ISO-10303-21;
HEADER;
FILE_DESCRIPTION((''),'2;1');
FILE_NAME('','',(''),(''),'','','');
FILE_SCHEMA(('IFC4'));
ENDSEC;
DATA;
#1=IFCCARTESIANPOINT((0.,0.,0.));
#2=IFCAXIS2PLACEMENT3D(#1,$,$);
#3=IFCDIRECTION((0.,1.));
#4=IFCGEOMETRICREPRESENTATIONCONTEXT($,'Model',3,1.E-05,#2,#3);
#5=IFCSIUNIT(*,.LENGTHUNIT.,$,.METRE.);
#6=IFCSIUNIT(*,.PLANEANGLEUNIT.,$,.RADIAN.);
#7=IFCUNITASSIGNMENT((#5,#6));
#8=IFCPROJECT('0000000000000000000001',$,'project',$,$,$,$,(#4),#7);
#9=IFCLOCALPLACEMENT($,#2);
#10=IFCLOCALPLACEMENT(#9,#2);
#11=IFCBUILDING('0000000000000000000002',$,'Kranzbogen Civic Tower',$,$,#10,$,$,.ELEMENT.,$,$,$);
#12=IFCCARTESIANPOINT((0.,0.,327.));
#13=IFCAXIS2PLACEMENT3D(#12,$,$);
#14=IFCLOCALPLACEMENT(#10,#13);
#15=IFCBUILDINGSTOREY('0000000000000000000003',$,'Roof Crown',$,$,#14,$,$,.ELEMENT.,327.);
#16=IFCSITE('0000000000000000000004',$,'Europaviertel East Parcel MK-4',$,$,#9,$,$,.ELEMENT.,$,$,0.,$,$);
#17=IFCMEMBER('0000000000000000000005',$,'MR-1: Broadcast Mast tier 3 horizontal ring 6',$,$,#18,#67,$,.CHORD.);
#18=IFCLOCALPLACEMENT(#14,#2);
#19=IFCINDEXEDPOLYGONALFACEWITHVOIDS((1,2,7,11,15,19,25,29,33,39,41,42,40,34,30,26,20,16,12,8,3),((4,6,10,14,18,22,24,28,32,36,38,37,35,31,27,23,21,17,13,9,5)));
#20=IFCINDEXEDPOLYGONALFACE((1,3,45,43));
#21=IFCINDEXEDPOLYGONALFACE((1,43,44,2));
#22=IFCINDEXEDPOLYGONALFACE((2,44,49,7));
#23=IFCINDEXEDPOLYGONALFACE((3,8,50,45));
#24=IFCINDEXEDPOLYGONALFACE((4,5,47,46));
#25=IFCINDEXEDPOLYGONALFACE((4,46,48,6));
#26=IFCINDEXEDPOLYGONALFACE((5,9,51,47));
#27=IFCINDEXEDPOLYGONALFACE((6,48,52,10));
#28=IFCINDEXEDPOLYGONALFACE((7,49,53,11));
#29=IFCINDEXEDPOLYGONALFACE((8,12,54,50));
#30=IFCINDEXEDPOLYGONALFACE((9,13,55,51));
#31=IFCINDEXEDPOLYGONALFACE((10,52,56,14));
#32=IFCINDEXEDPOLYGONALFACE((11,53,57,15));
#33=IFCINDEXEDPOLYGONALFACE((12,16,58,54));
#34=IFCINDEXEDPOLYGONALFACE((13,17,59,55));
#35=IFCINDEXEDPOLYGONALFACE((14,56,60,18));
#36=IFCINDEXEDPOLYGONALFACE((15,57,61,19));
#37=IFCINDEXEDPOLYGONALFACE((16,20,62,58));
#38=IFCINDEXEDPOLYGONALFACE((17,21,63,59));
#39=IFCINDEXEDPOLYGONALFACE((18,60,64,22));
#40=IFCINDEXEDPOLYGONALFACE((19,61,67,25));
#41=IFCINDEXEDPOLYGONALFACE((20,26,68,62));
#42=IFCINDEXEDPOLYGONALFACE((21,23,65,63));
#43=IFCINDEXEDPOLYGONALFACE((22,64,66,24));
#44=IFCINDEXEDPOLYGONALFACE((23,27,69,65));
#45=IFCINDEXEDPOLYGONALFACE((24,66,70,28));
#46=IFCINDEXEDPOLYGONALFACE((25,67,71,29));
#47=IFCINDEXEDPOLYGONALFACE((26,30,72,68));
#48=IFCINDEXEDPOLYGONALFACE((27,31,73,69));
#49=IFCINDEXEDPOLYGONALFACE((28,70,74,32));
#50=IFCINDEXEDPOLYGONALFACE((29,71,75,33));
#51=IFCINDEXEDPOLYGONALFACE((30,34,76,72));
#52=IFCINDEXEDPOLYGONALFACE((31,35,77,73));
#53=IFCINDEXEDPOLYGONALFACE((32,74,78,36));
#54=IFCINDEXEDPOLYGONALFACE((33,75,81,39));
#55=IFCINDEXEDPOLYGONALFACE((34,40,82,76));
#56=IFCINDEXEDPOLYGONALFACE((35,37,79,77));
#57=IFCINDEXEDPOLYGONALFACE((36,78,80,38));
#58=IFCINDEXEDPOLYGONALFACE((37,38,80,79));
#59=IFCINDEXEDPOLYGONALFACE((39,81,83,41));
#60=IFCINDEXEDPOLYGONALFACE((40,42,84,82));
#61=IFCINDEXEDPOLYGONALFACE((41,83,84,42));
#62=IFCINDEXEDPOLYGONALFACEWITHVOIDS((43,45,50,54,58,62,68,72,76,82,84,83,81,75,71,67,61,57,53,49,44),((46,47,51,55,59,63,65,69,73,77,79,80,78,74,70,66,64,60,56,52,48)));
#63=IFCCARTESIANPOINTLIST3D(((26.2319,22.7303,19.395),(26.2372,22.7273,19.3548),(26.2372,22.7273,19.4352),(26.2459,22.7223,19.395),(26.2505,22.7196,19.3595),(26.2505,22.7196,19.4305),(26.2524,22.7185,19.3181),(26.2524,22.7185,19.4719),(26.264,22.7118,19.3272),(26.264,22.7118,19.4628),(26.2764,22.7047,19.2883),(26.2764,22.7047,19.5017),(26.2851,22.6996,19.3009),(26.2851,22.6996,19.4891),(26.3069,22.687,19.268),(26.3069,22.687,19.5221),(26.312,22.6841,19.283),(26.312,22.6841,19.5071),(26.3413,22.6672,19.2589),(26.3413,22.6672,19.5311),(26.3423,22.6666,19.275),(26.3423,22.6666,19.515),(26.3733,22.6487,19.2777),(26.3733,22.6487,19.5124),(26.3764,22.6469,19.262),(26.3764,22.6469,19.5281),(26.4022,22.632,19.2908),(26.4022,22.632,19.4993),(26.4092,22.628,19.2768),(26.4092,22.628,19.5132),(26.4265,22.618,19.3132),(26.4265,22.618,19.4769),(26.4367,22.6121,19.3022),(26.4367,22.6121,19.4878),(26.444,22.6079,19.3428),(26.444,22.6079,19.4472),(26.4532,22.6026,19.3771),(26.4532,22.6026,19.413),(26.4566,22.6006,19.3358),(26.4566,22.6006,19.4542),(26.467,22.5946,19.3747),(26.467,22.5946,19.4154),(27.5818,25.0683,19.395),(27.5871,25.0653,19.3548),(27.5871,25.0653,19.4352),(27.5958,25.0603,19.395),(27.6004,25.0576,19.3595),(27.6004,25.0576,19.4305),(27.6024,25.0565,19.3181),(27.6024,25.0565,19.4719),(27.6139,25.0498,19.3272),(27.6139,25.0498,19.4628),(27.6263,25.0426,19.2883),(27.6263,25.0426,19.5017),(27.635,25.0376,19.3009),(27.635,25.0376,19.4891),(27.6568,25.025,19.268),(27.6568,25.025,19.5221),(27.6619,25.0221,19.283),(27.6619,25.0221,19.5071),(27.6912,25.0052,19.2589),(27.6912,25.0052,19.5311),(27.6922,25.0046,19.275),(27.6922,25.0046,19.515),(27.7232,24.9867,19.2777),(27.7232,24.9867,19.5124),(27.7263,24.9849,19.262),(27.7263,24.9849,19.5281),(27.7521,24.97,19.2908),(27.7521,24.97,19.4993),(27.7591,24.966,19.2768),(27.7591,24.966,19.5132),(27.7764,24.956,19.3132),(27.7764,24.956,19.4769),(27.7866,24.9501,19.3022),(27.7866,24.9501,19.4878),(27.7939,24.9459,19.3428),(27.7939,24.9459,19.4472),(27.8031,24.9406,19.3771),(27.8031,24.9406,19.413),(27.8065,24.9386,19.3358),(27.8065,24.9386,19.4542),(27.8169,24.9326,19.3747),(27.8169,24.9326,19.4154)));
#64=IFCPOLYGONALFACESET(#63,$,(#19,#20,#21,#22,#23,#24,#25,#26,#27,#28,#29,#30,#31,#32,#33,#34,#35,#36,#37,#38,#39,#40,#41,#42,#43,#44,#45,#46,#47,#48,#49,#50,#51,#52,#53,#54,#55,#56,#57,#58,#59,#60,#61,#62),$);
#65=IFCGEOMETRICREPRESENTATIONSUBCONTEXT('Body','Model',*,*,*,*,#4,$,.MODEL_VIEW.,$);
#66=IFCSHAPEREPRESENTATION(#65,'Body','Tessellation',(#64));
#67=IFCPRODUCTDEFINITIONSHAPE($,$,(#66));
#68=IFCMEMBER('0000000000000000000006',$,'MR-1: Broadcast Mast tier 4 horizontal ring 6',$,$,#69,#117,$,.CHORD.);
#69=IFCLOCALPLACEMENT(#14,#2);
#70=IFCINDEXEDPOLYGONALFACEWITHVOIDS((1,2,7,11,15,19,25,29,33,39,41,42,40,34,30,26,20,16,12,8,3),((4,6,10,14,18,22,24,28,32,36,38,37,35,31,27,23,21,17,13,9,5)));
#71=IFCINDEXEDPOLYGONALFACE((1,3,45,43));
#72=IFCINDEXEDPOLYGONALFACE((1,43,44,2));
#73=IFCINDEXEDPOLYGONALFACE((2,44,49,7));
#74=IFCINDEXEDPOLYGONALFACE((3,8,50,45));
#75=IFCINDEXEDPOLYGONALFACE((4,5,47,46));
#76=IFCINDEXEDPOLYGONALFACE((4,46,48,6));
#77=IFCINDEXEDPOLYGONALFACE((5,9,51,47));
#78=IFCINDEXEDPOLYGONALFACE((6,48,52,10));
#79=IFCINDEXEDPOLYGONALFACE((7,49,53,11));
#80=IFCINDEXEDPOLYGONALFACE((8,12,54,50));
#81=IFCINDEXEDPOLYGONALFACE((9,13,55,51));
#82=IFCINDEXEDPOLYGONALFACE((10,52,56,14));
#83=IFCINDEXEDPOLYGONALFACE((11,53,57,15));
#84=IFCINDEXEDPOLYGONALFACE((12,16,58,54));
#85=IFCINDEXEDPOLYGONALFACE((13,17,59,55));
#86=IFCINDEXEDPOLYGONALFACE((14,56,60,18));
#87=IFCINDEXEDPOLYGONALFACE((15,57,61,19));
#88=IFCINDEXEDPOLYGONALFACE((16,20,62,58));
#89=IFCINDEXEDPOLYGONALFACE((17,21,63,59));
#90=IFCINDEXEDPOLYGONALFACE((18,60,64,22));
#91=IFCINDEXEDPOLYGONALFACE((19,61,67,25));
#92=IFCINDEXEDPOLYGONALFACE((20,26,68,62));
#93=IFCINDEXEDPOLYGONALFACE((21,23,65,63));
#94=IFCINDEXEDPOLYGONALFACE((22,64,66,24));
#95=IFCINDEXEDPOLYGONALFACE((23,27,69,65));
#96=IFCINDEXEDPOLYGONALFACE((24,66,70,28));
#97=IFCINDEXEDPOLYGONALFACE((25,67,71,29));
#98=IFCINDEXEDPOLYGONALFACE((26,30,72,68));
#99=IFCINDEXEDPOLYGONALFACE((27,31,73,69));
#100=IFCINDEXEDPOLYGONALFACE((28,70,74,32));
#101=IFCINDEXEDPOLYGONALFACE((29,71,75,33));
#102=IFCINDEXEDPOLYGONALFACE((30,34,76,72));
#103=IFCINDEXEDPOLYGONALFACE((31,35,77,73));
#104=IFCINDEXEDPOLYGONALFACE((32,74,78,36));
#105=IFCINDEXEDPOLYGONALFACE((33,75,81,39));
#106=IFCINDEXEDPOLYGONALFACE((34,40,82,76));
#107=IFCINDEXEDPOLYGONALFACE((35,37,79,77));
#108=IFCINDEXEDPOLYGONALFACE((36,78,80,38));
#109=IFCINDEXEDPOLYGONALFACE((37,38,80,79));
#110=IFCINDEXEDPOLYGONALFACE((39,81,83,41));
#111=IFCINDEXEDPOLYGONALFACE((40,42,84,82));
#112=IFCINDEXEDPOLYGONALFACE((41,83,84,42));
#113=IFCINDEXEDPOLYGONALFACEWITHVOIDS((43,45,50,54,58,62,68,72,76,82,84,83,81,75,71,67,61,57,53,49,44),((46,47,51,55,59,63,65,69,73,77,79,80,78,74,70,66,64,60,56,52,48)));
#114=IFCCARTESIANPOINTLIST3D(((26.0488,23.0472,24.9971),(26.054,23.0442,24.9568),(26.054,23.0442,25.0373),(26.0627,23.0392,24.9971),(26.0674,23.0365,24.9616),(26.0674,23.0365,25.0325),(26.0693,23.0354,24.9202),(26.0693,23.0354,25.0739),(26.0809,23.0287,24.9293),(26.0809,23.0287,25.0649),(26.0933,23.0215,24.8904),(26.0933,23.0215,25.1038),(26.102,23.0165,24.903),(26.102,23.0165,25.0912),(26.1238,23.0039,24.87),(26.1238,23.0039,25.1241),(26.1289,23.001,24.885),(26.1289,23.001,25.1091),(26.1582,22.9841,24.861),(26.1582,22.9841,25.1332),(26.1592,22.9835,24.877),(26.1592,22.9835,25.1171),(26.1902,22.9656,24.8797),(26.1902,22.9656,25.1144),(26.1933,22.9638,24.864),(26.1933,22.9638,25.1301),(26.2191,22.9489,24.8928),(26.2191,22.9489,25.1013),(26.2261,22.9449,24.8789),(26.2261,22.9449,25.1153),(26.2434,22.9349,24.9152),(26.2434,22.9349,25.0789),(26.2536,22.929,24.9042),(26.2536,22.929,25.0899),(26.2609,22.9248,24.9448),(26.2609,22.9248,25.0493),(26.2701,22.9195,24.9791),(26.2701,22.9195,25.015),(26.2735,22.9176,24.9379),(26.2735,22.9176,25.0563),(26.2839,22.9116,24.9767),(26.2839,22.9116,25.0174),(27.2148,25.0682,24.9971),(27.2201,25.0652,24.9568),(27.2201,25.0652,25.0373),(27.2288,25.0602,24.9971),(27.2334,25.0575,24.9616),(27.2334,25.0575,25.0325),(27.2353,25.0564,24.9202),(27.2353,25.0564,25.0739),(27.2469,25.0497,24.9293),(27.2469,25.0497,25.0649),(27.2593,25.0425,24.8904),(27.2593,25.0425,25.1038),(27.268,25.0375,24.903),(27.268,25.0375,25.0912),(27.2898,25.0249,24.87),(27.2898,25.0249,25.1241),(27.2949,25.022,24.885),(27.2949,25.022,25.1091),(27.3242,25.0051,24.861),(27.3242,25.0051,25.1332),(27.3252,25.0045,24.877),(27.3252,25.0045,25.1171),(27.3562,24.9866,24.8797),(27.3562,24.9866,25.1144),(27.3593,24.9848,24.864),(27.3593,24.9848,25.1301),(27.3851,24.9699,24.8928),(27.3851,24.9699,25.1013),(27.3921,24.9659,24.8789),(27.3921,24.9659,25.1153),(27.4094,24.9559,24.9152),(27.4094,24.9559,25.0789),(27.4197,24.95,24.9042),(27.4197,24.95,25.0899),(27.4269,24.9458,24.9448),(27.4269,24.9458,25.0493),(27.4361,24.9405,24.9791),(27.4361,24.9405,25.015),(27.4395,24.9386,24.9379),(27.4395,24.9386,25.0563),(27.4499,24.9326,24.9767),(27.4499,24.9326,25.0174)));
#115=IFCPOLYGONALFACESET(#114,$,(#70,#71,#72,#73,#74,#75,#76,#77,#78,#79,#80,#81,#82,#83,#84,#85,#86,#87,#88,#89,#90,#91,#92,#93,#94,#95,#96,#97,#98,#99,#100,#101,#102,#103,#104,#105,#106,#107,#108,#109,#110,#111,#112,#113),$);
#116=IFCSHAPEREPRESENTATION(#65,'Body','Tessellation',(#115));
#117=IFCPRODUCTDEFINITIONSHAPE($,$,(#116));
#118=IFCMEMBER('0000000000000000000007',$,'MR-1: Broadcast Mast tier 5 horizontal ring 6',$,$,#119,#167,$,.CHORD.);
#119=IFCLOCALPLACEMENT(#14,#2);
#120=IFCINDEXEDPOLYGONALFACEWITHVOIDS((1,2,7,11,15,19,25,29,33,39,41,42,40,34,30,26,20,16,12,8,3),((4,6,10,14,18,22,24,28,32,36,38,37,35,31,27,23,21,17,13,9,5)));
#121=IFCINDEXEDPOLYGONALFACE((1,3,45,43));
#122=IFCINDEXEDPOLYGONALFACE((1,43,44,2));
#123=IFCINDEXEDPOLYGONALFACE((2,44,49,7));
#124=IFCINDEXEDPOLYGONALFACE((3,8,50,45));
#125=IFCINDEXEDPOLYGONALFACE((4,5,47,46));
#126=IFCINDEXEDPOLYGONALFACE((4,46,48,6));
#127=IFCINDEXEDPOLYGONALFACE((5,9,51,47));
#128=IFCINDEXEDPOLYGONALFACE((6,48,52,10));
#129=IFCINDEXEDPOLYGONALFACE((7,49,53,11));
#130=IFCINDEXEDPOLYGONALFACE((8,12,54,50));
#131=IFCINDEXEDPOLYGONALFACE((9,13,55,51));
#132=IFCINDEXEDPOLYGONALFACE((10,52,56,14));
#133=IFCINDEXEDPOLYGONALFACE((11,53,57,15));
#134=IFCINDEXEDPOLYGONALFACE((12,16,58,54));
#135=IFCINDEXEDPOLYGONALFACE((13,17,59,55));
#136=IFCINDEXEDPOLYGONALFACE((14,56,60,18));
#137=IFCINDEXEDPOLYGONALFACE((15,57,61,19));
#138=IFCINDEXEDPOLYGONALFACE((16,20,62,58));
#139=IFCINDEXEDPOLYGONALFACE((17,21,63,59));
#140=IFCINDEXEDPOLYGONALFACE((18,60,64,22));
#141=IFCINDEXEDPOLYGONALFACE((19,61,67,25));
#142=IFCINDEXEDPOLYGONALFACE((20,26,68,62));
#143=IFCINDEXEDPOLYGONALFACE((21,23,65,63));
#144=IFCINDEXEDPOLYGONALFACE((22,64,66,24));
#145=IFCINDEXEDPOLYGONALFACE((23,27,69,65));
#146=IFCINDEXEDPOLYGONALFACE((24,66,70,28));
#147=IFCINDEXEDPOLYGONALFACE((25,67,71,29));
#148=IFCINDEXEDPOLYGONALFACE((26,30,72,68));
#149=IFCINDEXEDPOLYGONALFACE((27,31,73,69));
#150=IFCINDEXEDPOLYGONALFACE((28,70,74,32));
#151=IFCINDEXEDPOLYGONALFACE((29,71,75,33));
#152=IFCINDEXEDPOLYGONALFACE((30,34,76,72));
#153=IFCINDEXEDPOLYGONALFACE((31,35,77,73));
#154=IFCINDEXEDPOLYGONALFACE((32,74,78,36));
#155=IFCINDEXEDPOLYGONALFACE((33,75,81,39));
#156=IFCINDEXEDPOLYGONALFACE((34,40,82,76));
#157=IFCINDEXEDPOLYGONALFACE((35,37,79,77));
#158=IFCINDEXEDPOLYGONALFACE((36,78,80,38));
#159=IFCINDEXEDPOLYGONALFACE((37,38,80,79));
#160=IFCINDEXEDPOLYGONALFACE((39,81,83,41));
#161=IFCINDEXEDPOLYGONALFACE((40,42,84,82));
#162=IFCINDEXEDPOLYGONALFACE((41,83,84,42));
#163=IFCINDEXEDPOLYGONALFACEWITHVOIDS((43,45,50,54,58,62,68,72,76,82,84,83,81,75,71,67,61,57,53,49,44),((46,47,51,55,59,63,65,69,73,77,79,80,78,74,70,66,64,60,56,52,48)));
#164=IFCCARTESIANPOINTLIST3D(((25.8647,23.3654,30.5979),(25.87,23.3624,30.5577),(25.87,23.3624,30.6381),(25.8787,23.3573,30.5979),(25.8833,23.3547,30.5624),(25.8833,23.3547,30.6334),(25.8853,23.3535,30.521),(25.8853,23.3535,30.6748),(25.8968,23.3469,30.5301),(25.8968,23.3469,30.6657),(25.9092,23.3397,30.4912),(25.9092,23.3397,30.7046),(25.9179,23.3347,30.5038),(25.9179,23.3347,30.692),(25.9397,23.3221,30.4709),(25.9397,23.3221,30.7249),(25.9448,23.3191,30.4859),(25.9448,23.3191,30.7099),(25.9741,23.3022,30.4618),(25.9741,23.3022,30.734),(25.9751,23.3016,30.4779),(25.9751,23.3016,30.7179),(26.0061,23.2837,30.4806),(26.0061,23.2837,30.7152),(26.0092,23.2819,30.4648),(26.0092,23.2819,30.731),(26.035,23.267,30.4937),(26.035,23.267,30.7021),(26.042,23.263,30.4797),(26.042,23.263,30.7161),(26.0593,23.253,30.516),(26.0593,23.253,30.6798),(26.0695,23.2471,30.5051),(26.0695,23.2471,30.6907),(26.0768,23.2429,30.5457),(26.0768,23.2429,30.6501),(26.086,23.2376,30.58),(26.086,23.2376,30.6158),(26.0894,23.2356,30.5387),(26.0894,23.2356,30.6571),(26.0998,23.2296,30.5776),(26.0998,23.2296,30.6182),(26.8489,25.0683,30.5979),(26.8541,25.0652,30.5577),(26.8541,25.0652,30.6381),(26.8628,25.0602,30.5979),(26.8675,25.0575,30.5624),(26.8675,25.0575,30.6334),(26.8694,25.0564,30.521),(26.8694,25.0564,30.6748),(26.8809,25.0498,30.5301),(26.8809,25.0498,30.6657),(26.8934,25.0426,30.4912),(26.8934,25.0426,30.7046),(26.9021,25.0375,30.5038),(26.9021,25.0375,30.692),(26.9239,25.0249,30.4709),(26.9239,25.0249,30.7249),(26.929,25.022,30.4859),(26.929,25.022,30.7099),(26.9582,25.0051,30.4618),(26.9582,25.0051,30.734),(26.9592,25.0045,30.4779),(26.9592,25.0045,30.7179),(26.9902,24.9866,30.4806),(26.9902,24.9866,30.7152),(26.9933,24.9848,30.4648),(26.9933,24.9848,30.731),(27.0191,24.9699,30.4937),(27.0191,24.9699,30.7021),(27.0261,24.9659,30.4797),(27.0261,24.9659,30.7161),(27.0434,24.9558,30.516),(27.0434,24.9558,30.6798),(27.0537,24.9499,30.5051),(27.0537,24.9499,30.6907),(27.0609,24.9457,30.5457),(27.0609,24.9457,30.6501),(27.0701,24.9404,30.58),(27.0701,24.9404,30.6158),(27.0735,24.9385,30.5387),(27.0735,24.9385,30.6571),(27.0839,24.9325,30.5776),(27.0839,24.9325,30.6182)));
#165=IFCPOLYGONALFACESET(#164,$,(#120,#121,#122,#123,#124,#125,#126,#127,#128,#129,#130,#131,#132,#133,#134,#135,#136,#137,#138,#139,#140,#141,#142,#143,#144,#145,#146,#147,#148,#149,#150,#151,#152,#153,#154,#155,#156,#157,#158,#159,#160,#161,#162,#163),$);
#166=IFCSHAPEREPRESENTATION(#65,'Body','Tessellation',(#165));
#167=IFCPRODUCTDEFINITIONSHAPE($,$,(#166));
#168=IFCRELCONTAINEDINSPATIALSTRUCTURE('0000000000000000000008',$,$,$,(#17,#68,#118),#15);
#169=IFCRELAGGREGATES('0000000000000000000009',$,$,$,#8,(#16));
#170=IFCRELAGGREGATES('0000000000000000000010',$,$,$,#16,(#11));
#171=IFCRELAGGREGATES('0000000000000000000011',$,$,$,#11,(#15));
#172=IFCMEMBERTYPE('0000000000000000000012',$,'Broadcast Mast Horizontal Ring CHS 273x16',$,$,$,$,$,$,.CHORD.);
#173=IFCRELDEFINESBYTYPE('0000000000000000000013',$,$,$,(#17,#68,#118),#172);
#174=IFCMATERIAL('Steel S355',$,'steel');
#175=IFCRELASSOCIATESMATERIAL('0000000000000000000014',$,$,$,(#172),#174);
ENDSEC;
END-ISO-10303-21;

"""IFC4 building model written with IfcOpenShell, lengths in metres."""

from ifc_helpers import new_model, si_unit, direction, frame, origin, origin_2d, place, context, subcontext, project, spatial, hollow_circle, extrude, material, material_profile, profile_set, type_object, element, save


model = new_model("IFC4")

# Units and contexts
model_context = context("Model", 3, precision=1e-05, world=origin(), true_north=direction((0.0, 1.0)))
body_context = subcontext(model_context, "Body", "Model", "MODEL_VIEW")
ifc_project = project(units=[si_unit("LENGTHUNIT", "METRE"), si_unit("PLANEANGLEUNIT", "RADIAN")], contexts=[model_context])

# Site, building, storey
site_placement = place(None, origin())
site = spatial("IfcSite", under=ifc_project, at=site_placement, Name="Europaviertel East Parcel MK-4", CompositionType="ELEMENT", RefElevation=0.0)
building_placement = place(site_placement, origin())
building = spatial("IfcBuilding", under=site, at=building_placement, Name="Kranzbogen Civic Tower", CompositionType="ELEMENT")
storey_placement = place(building_placement, frame((0.0, 0.0, 327.0)))
storey = spatial("IfcBuildingStorey", under=building, at=storey_placement, Name="Roof Crown", CompositionType="ELEMENT", Elevation=327.0)

# Members
ifc_material = material(Name="Steel S355", Category="steel")
ifc_material_profile_1 = material_profile(ifc_material, hollow_circle(Radius=0.1365, WallThickness=0.0161, at=origin_2d()), Name="CHS 273x16")
ifc_profile_set_1 = profile_set([ifc_material_profile_1], Name="Steel S355")
member_type_1 = type_object("IfcMemberType", Name="Broadcast Mast Horizontal Ring CHS 273x16", PredefinedType="CHORD", material=ifc_profile_set_1)
for number, where, z_axis, x_axis, name in (
    (1, (26.3501, 22.6621, 19.395), (0.50002, 0.866014, 0.0), (-0.866014, 0.50002, 0.0), "MR-1: Broadcast Mast tier 3 horizontal ring 6"),
):
    element("IfcMember", number, at=place(storey_placement, frame(where, z_axis=z_axis, x_axis=x_axis)), inside=storey, type_object=member_type_1, Name=name, PredefinedType="CHORD", context=body_context, shape_type="SweptSolid", body=[
        extrude(hollow_circle(Radius=0.1365, WallThickness=0.0161, at=origin_2d()), origin(), (0.0, 0.0, 1.0), 2.6997),
    ])
member_1_placement = place(storey_placement, frame((26.167, 22.979, 24.9971), z_axis=(0.499741, 0.866175, 0.0), x_axis=(-0.866175, 0.499741, 0.0)))
element("IfcMember", 2, at=member_1_placement, inside=storey, type_object=member_type_1, Name="MR-1: Broadcast Mast tier 4 horizontal ring 6", PredefinedType="CHORD", context=body_context, shape_type="SweptSolid", body=[
    extrude(hollow_circle(Radius=0.1365, WallThickness=0.0161, at=origin_2d()), origin(), (0.0, 0.0, 1.0), 2.3333),
])
member_2_placement = place(storey_placement, frame((25.9829, 23.2971, 30.5979), z_axis=(0.500371, 0.865811, 0.0), x_axis=(-0.865811, 0.500371, 0.0)))
element("IfcMember", 3, at=member_2_placement, inside=storey, type_object=member_type_1, Name="MR-1: Broadcast Mast tier 5 horizontal ring 6", PredefinedType="CHORD", context=body_context, shape_type="SweptSolid", body=[
    extrude(hollow_circle(Radius=0.1365, WallThickness=0.0161, at=origin_2d()), origin(), (0.0, 0.0, 1.0), 1.9668),
])

save(model, "model.ifc")
